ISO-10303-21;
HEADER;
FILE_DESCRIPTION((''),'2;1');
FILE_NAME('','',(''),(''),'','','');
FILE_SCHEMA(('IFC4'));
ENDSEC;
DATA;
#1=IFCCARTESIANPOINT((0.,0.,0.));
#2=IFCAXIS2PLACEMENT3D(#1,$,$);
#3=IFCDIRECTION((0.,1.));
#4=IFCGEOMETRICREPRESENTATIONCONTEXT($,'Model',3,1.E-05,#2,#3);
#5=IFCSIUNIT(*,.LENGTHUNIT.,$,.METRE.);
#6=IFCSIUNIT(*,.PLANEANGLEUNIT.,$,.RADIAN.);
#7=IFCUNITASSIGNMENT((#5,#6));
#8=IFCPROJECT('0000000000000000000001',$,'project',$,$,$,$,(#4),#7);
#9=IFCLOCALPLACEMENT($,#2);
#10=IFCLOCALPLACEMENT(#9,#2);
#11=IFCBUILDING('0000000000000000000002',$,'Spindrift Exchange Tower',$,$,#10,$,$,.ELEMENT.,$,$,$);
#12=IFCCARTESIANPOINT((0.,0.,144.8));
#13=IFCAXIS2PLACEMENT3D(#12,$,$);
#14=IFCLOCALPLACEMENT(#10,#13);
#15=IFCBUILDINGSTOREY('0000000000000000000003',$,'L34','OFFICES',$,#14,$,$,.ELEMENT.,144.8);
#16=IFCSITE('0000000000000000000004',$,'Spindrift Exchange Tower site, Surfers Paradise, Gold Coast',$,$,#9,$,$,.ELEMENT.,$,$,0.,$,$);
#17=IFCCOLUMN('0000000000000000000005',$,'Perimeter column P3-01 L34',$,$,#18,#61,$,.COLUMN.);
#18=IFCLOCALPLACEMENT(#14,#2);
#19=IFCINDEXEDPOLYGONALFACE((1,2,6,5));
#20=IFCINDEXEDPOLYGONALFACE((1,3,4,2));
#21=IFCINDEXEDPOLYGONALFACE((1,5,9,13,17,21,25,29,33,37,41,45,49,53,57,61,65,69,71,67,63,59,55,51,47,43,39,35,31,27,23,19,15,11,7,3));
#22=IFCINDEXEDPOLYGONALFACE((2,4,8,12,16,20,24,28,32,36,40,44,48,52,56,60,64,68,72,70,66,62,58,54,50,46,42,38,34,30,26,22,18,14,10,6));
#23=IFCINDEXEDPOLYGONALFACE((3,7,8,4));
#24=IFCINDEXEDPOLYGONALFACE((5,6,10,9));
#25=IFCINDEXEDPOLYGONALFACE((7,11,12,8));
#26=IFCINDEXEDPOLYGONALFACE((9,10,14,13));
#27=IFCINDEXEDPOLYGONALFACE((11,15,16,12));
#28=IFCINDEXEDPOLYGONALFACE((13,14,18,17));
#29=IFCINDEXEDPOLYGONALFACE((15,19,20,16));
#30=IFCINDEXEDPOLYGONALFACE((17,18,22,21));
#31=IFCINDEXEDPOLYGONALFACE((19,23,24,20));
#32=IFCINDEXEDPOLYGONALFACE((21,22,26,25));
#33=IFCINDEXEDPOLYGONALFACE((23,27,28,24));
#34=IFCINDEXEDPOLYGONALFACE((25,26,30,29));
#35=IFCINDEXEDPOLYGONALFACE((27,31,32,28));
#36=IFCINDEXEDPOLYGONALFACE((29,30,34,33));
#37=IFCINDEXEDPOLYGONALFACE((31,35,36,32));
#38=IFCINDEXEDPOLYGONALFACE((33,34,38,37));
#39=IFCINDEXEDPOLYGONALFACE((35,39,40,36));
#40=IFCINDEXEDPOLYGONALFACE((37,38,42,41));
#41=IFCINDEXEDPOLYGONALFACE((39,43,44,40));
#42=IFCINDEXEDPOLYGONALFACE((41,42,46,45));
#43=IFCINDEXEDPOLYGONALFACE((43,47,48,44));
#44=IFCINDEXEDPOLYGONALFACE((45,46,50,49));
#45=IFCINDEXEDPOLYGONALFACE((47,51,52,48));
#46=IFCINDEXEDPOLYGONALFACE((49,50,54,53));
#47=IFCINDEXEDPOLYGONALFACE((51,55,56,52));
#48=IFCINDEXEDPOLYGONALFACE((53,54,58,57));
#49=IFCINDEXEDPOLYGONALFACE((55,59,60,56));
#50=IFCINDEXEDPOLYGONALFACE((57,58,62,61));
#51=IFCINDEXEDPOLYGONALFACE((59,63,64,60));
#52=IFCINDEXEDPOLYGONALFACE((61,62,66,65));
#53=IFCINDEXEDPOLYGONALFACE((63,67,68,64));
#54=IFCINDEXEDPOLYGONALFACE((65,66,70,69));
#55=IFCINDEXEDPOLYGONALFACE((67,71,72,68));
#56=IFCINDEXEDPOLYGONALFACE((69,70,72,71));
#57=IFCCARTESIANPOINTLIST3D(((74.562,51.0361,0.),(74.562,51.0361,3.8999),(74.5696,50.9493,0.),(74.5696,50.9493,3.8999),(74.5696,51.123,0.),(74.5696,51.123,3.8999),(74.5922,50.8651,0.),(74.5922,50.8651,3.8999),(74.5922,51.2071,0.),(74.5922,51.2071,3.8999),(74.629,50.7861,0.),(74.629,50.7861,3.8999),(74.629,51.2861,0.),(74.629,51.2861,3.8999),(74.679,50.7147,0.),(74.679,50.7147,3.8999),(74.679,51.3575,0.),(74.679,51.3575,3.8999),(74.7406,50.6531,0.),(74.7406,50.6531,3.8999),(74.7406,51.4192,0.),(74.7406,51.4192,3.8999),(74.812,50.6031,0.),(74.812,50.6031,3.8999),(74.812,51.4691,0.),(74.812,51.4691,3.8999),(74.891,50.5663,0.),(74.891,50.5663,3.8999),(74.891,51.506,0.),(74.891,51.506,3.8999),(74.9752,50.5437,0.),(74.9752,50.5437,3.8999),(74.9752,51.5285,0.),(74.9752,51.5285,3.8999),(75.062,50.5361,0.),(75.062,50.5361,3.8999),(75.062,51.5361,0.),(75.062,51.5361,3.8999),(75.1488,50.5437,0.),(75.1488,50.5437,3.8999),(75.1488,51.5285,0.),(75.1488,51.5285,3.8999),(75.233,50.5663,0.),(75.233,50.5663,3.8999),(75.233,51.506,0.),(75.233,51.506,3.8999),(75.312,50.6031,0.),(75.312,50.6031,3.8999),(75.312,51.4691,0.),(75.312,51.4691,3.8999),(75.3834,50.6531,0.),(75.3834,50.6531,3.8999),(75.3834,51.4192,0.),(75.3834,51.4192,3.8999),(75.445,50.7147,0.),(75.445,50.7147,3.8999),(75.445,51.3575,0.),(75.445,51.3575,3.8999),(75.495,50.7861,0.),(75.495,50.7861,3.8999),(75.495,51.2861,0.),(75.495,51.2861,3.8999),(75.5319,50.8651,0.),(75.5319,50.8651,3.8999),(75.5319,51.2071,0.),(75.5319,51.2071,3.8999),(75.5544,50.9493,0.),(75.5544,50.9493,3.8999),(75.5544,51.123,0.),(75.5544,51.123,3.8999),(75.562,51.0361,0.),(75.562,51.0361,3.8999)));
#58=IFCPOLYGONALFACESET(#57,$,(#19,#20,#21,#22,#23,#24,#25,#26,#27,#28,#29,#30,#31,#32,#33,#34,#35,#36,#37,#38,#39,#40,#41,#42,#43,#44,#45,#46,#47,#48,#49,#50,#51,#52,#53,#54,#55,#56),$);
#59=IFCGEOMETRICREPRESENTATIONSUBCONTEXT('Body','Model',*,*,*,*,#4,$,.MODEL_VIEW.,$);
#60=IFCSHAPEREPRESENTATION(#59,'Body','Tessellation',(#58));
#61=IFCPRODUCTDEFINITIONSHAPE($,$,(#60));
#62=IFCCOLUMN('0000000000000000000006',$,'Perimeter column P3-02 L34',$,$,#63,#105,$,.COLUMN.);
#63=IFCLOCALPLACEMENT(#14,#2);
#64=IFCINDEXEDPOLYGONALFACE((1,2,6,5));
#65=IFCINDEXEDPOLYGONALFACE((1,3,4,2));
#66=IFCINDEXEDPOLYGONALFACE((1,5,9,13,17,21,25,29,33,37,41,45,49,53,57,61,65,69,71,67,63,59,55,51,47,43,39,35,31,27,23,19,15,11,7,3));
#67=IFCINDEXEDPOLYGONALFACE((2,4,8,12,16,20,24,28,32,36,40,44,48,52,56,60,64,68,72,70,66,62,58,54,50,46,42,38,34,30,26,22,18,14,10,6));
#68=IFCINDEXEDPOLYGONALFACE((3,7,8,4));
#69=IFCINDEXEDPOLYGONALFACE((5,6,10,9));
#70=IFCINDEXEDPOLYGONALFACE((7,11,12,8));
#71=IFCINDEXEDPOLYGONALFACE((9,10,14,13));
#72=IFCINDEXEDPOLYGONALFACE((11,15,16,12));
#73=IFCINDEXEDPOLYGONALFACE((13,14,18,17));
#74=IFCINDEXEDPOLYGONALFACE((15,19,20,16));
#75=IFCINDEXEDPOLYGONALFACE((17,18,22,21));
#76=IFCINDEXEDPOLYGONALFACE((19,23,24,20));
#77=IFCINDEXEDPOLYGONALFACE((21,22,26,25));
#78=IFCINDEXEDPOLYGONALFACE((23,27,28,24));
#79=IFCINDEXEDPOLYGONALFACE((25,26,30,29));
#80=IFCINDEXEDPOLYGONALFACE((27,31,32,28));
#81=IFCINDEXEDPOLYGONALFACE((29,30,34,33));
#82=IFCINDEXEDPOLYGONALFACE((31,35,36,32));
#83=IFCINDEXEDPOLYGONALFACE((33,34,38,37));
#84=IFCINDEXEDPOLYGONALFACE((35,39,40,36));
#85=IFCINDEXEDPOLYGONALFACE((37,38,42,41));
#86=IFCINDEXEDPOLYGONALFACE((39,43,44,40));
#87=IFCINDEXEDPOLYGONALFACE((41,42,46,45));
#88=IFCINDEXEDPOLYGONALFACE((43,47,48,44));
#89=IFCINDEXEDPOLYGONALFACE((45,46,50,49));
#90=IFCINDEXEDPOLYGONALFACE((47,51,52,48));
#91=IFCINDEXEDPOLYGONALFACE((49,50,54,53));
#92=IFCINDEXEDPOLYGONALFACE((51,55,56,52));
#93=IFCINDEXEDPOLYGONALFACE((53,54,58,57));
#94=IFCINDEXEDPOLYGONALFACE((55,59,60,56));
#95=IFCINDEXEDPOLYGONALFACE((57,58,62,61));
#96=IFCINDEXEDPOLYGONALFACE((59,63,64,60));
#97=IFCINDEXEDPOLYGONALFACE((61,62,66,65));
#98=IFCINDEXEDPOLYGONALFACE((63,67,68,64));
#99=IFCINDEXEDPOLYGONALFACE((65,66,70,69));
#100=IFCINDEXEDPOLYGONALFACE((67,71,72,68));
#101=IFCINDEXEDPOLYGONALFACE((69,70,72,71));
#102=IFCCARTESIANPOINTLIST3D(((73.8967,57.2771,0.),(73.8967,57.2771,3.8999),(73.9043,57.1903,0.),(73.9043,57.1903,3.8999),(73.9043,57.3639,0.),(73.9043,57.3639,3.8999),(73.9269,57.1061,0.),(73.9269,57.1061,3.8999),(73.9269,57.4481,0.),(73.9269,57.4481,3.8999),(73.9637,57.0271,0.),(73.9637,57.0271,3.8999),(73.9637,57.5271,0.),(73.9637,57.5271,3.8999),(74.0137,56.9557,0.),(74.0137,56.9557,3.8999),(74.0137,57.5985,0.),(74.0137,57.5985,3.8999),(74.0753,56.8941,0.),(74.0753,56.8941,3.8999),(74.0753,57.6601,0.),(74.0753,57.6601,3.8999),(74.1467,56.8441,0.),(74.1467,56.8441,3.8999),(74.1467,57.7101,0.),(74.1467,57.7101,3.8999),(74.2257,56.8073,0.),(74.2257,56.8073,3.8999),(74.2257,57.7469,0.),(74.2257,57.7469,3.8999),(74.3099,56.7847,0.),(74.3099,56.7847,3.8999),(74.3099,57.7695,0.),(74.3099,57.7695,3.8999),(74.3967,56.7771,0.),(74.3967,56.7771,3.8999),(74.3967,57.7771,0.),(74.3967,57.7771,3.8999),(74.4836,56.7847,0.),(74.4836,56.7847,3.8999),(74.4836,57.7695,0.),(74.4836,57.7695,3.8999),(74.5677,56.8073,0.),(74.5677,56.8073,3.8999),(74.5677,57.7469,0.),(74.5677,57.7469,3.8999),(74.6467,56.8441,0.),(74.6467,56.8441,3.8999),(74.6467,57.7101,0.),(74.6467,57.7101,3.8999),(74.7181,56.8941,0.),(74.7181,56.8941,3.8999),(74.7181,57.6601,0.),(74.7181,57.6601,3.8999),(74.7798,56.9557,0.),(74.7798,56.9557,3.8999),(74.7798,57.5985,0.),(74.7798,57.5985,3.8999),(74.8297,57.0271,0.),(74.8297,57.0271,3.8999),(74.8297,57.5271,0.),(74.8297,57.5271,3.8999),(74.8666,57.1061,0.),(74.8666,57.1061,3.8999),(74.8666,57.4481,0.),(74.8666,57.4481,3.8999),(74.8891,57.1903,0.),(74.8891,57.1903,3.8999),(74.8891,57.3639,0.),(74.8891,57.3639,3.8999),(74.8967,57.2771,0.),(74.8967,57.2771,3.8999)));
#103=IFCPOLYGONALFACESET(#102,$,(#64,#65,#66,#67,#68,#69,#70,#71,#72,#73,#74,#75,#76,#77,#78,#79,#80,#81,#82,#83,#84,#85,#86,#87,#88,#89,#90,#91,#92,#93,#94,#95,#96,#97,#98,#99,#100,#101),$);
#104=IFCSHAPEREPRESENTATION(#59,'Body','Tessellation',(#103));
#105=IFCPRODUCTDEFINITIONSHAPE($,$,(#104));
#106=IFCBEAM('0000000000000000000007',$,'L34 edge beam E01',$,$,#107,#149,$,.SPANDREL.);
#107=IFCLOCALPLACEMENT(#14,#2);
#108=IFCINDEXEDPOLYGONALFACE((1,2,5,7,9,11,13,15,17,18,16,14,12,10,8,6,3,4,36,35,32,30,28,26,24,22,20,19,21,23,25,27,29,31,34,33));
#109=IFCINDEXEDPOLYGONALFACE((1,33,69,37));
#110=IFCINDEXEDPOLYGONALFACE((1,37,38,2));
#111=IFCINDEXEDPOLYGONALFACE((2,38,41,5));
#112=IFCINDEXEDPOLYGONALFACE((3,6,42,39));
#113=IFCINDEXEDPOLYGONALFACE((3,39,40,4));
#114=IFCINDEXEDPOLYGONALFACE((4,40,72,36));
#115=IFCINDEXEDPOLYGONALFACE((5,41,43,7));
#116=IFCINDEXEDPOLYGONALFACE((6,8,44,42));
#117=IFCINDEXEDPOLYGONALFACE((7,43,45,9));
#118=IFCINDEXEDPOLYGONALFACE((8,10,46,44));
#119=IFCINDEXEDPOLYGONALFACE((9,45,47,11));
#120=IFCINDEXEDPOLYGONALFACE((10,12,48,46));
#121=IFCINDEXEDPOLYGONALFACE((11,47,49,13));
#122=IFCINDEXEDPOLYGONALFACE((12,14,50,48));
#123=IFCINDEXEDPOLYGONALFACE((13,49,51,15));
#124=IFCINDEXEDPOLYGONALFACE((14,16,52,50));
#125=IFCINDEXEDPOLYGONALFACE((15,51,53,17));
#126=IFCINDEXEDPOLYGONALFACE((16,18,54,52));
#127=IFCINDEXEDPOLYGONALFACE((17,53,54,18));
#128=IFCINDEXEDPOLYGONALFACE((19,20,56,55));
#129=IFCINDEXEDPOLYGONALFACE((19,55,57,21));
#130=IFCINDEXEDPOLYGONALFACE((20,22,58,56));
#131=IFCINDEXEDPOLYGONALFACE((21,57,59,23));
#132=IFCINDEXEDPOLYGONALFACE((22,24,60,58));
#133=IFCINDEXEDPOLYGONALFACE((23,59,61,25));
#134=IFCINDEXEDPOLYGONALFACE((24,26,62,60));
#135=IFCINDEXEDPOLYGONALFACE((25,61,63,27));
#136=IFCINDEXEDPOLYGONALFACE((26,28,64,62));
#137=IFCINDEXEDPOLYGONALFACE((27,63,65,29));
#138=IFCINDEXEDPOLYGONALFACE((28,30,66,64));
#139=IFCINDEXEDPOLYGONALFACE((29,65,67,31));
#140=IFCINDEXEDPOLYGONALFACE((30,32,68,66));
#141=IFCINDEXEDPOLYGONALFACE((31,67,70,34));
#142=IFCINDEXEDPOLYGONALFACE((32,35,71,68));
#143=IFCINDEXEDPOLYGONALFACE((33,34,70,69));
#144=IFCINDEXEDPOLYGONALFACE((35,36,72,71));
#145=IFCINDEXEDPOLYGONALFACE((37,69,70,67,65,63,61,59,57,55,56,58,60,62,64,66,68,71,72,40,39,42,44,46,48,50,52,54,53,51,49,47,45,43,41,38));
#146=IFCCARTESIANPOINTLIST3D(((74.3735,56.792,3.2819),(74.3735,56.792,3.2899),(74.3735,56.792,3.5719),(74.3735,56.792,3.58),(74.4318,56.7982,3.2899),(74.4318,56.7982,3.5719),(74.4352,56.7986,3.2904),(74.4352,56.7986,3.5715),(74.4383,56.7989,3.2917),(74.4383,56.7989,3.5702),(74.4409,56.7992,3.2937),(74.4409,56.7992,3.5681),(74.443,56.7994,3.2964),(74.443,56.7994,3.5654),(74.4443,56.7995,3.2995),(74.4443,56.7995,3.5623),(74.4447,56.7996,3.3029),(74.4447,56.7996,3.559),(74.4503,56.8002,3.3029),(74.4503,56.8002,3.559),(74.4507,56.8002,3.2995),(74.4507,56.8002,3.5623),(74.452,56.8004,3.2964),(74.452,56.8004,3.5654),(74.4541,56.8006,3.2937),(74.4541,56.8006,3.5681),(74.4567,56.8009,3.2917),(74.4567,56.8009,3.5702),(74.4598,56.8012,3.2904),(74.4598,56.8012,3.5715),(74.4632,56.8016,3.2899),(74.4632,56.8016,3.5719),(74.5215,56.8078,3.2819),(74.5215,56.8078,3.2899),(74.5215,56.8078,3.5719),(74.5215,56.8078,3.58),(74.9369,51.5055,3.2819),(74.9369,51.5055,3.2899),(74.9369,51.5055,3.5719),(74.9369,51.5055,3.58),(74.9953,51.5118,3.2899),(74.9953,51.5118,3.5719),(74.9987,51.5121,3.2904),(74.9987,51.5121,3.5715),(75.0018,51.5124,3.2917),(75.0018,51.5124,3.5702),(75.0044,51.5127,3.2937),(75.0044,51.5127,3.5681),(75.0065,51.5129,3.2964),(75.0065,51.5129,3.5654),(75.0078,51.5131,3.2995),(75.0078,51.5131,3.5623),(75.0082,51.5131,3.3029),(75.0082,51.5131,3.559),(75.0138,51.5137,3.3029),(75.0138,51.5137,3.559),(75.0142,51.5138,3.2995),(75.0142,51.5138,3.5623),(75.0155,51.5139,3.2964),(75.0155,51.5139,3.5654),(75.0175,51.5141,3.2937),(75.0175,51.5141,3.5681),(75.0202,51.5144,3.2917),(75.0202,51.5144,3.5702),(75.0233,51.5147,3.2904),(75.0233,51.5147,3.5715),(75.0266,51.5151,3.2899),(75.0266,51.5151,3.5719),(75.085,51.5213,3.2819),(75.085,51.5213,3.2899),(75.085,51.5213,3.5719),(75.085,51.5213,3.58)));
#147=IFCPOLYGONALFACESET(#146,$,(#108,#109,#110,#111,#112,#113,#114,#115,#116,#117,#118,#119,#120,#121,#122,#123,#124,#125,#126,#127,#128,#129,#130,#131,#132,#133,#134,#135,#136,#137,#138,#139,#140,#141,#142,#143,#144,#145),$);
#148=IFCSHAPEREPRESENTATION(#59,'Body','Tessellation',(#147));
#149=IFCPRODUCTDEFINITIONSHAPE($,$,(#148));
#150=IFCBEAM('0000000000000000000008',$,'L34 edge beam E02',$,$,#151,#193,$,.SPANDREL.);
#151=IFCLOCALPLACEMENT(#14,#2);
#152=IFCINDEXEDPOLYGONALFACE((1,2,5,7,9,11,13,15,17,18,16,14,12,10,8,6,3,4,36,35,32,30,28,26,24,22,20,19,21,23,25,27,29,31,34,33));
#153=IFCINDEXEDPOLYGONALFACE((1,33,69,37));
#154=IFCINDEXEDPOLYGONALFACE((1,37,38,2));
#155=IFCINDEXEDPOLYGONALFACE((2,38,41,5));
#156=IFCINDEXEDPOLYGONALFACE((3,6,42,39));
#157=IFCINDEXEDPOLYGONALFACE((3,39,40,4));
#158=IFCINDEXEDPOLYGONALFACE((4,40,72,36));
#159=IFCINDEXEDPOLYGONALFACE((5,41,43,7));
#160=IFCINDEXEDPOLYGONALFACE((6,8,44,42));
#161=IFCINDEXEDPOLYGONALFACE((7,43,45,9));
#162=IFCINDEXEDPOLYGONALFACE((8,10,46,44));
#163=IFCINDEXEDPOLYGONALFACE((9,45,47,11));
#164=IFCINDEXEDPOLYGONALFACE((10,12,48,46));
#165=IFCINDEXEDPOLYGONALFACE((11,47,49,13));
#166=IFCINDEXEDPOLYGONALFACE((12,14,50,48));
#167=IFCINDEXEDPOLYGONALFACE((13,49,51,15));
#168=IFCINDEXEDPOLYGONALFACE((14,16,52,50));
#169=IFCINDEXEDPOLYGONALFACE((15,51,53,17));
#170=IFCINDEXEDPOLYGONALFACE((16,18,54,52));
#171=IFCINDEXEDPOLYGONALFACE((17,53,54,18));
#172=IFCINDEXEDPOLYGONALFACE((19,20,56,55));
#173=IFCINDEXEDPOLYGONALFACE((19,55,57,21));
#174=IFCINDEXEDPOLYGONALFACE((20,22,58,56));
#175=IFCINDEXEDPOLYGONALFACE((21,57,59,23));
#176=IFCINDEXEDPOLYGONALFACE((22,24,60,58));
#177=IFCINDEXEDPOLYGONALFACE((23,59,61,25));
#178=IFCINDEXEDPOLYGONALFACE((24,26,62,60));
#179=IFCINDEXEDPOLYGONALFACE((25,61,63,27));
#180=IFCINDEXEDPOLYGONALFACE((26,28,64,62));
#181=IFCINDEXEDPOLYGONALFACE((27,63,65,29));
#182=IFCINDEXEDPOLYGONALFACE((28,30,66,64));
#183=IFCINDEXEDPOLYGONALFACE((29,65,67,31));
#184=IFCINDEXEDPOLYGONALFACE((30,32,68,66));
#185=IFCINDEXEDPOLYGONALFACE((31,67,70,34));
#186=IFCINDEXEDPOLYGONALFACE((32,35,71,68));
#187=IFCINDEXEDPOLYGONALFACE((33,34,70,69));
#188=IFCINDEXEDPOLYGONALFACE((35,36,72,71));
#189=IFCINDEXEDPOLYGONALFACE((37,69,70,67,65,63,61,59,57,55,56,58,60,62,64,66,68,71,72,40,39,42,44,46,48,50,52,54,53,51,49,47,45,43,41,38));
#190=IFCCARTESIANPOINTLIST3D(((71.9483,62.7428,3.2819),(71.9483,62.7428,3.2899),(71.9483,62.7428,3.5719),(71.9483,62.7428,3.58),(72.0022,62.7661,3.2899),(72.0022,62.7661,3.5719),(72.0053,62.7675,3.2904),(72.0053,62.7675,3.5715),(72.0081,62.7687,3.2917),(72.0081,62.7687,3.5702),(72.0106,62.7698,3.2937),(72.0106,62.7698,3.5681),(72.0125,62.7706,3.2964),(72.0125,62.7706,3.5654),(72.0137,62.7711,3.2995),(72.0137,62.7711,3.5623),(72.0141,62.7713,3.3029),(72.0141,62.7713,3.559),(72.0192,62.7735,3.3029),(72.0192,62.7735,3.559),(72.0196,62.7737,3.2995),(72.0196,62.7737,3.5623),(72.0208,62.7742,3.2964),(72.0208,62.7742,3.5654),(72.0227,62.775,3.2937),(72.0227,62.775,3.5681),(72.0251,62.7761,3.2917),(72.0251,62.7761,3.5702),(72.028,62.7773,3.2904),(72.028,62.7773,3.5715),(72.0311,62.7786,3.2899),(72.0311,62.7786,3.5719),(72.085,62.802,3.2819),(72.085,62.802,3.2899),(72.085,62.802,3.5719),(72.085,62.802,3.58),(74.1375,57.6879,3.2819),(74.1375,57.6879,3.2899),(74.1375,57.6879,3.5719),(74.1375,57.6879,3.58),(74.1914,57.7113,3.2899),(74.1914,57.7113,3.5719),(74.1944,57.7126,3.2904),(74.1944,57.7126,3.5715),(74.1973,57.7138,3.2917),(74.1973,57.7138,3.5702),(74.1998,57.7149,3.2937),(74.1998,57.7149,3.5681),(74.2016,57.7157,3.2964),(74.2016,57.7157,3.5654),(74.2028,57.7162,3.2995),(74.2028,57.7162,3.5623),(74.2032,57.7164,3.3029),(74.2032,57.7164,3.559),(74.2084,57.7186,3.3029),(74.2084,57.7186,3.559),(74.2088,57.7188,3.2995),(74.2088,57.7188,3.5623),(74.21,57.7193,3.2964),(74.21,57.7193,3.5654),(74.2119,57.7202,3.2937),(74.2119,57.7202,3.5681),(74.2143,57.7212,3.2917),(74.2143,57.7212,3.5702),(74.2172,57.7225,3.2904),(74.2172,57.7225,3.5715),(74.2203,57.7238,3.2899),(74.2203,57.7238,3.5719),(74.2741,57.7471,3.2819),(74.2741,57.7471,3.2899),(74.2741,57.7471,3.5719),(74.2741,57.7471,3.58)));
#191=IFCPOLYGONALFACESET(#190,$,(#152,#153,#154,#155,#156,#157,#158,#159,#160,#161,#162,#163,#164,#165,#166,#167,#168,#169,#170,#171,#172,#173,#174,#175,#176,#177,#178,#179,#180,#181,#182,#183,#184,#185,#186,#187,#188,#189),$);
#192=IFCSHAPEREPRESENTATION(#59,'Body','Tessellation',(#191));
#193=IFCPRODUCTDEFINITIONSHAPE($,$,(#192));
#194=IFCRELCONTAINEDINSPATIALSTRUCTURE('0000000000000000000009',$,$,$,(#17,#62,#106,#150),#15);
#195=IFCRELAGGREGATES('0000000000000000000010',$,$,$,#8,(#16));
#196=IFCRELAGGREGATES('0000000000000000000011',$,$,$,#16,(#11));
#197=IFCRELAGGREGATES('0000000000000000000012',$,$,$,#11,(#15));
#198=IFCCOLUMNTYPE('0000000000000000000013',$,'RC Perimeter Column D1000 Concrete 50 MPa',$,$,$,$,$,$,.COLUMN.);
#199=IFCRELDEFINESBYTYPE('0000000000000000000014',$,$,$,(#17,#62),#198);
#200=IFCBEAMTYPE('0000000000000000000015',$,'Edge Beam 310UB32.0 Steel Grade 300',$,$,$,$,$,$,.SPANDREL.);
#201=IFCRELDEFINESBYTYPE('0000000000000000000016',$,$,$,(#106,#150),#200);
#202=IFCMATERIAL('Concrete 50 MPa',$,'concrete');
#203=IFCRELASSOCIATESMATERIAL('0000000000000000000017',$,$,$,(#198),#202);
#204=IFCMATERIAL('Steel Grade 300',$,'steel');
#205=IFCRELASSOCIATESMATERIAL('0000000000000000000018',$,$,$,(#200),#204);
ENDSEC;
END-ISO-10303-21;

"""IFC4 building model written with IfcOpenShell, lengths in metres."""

from ifc_helpers import new_model, si_unit, direction, frame, origin, origin_2d, place, context, subcontext, project, spatial, circle, i_section, extrude, source, transform, mapped, material, material_profile, profile_set, type_object, element, save


model = new_model("IFC4")

# Units and contexts
model_context = context("Model", 3, precision=1e-05, world=origin(), true_north=direction((0.0, 1.0)))
body_context = subcontext(model_context, "Body", "Model", "MODEL_VIEW")
ifc_project = project(units=[si_unit("LENGTHUNIT", "METRE"), si_unit("PLANEANGLEUNIT", "RADIAN")], contexts=[model_context])

# Site, building, storey
site_placement = place(None, origin())
site = spatial("IfcSite", under=ifc_project, at=site_placement, Name="Spindrift Exchange Tower site, Surfers Paradise, Gold Coast", CompositionType="ELEMENT", RefElevation=0.0)
building_placement = place(site_placement, origin())
building = spatial("IfcBuilding", under=site, at=building_placement, Name="Spindrift Exchange Tower", CompositionType="ELEMENT")
storey_placement = place(building_placement, frame((0.0, 0.0, 144.8)))
storey = spatial("IfcBuildingStorey", under=building, at=storey_placement, Name="L34", Description="OFFICES", CompositionType="ELEMENT", Elevation=144.8)

# Columns
ifc_material_1 = material(Name="Concrete 50 MPa", Category="concrete")
ifc_material_profile_1 = material_profile(ifc_material_1, circle(Radius=0.5, at=origin_2d()), Name="RC D1000")
ifc_profile_set_1 = profile_set([ifc_material_profile_1], Name="Concrete 50 MPa")
column_type = type_object("IfcColumnType", Name="RC Perimeter Column D1000 Concrete 50 MPa", PredefinedType="COLUMN", material=ifc_profile_set_1)
shared_shape_1 = source(origin(), body_context, "Body", "SweptSolid", [
    extrude(circle(Radius=0.5, at=origin_2d()), origin(), (0.0, 0.0, 1.0), 3.8999),
])
for number, where, z_axis, x_axis, name in (
    (1, (75.062, 51.0361, 0.0), (0.0, 0.0, 1.0), (1.0, 0.0, 0.0), "Perimeter column P3-01 L34"),
    (2, (74.3967, 57.2771, 0.0), (0.0, 0.0, 1.0), (1.0, 0.0, 0.0), "Perimeter column P3-02 L34"),
):
    element("IfcColumn", number, at=place(storey_placement, frame(where, z_axis=z_axis, x_axis=x_axis)), inside=storey, type_object=column_type, Name=name, PredefinedType="COLUMN", context=body_context, shape_type="MappedRepresentation", body=[
        mapped(shared_shape_1, transform((0.0, 0.0, 0.0), scale=1.0)),
    ])

# Beams
ifc_material_2 = material(Name="Steel Grade 300", Category="steel")
ifc_material_profile_2 = material_profile(ifc_material_2, i_section(OverallWidth=0.1489, OverallDepth=0.2981, WebThickness=0.0056, FlangeThickness=0.0081, FilletRadius=0.0129, at=origin_2d()), Name="310UB32.0")
ifc_profile_set_2 = profile_set([ifc_material_profile_2], Name="Steel Grade 300")
beam_type_1 = type_object("IfcBeamType", Name="Edge Beam 310UB32.0 Steel Grade 300", PredefinedType="SPANDREL", material=ifc_profile_set_2)
shared_shape_2 = source(origin(), body_context, "Body", "SweptSolid", [
    extrude(i_section(OverallWidth=0.1489, OverallDepth=0.2981, WebThickness=0.0056, FlangeThickness=0.0081, FilletRadius=0.0129, at=origin_2d()), origin(), (0.0, 0.0, 1.0), 5.3164),
])
beam_1_placement = place(storey_placement, frame((75.011, 51.5134, 3.4309), z_axis=(-0.10599, 0.994367, 0.0), x_axis=(-0.994367, -0.10599, 0.0)))
element("IfcBeam", 3, at=beam_1_placement, inside=storey, type_object=beam_type_1, Name="L34 edge beam E01", PredefinedType="SPANDREL", context=body_context, shape_type="MappedRepresentation", body=[
    mapped(shared_shape_2, transform((0.0, 0.0, 0.0), scale=1.0)),
])
shared_shape_3 = source(origin(), body_context, "Body", "SweptSolid", [
    extrude(i_section(OverallWidth=0.1489, OverallDepth=0.2981, WebThickness=0.0056, FlangeThickness=0.0081, FilletRadius=0.0129, at=origin_2d()), origin(), (0.0, 0.0, 1.0), 5.5085),
])
beam_2_placement = place(storey_placement, frame((74.2058, 57.7175, 3.4309), z_axis=(-0.397415, 0.917639, 0.0), x_axis=(-0.917639, -0.397415, 0.0)))
element("IfcBeam", 4, at=beam_2_placement, inside=storey, type_object=beam_type_1, Name="L34 edge beam E02", PredefinedType="SPANDREL", context=body_context, shape_type="MappedRepresentation", body=[
    mapped(shared_shape_3, transform((0.0, 0.0, 0.0), scale=1.0)),
])

save(model, "model.ifc")
